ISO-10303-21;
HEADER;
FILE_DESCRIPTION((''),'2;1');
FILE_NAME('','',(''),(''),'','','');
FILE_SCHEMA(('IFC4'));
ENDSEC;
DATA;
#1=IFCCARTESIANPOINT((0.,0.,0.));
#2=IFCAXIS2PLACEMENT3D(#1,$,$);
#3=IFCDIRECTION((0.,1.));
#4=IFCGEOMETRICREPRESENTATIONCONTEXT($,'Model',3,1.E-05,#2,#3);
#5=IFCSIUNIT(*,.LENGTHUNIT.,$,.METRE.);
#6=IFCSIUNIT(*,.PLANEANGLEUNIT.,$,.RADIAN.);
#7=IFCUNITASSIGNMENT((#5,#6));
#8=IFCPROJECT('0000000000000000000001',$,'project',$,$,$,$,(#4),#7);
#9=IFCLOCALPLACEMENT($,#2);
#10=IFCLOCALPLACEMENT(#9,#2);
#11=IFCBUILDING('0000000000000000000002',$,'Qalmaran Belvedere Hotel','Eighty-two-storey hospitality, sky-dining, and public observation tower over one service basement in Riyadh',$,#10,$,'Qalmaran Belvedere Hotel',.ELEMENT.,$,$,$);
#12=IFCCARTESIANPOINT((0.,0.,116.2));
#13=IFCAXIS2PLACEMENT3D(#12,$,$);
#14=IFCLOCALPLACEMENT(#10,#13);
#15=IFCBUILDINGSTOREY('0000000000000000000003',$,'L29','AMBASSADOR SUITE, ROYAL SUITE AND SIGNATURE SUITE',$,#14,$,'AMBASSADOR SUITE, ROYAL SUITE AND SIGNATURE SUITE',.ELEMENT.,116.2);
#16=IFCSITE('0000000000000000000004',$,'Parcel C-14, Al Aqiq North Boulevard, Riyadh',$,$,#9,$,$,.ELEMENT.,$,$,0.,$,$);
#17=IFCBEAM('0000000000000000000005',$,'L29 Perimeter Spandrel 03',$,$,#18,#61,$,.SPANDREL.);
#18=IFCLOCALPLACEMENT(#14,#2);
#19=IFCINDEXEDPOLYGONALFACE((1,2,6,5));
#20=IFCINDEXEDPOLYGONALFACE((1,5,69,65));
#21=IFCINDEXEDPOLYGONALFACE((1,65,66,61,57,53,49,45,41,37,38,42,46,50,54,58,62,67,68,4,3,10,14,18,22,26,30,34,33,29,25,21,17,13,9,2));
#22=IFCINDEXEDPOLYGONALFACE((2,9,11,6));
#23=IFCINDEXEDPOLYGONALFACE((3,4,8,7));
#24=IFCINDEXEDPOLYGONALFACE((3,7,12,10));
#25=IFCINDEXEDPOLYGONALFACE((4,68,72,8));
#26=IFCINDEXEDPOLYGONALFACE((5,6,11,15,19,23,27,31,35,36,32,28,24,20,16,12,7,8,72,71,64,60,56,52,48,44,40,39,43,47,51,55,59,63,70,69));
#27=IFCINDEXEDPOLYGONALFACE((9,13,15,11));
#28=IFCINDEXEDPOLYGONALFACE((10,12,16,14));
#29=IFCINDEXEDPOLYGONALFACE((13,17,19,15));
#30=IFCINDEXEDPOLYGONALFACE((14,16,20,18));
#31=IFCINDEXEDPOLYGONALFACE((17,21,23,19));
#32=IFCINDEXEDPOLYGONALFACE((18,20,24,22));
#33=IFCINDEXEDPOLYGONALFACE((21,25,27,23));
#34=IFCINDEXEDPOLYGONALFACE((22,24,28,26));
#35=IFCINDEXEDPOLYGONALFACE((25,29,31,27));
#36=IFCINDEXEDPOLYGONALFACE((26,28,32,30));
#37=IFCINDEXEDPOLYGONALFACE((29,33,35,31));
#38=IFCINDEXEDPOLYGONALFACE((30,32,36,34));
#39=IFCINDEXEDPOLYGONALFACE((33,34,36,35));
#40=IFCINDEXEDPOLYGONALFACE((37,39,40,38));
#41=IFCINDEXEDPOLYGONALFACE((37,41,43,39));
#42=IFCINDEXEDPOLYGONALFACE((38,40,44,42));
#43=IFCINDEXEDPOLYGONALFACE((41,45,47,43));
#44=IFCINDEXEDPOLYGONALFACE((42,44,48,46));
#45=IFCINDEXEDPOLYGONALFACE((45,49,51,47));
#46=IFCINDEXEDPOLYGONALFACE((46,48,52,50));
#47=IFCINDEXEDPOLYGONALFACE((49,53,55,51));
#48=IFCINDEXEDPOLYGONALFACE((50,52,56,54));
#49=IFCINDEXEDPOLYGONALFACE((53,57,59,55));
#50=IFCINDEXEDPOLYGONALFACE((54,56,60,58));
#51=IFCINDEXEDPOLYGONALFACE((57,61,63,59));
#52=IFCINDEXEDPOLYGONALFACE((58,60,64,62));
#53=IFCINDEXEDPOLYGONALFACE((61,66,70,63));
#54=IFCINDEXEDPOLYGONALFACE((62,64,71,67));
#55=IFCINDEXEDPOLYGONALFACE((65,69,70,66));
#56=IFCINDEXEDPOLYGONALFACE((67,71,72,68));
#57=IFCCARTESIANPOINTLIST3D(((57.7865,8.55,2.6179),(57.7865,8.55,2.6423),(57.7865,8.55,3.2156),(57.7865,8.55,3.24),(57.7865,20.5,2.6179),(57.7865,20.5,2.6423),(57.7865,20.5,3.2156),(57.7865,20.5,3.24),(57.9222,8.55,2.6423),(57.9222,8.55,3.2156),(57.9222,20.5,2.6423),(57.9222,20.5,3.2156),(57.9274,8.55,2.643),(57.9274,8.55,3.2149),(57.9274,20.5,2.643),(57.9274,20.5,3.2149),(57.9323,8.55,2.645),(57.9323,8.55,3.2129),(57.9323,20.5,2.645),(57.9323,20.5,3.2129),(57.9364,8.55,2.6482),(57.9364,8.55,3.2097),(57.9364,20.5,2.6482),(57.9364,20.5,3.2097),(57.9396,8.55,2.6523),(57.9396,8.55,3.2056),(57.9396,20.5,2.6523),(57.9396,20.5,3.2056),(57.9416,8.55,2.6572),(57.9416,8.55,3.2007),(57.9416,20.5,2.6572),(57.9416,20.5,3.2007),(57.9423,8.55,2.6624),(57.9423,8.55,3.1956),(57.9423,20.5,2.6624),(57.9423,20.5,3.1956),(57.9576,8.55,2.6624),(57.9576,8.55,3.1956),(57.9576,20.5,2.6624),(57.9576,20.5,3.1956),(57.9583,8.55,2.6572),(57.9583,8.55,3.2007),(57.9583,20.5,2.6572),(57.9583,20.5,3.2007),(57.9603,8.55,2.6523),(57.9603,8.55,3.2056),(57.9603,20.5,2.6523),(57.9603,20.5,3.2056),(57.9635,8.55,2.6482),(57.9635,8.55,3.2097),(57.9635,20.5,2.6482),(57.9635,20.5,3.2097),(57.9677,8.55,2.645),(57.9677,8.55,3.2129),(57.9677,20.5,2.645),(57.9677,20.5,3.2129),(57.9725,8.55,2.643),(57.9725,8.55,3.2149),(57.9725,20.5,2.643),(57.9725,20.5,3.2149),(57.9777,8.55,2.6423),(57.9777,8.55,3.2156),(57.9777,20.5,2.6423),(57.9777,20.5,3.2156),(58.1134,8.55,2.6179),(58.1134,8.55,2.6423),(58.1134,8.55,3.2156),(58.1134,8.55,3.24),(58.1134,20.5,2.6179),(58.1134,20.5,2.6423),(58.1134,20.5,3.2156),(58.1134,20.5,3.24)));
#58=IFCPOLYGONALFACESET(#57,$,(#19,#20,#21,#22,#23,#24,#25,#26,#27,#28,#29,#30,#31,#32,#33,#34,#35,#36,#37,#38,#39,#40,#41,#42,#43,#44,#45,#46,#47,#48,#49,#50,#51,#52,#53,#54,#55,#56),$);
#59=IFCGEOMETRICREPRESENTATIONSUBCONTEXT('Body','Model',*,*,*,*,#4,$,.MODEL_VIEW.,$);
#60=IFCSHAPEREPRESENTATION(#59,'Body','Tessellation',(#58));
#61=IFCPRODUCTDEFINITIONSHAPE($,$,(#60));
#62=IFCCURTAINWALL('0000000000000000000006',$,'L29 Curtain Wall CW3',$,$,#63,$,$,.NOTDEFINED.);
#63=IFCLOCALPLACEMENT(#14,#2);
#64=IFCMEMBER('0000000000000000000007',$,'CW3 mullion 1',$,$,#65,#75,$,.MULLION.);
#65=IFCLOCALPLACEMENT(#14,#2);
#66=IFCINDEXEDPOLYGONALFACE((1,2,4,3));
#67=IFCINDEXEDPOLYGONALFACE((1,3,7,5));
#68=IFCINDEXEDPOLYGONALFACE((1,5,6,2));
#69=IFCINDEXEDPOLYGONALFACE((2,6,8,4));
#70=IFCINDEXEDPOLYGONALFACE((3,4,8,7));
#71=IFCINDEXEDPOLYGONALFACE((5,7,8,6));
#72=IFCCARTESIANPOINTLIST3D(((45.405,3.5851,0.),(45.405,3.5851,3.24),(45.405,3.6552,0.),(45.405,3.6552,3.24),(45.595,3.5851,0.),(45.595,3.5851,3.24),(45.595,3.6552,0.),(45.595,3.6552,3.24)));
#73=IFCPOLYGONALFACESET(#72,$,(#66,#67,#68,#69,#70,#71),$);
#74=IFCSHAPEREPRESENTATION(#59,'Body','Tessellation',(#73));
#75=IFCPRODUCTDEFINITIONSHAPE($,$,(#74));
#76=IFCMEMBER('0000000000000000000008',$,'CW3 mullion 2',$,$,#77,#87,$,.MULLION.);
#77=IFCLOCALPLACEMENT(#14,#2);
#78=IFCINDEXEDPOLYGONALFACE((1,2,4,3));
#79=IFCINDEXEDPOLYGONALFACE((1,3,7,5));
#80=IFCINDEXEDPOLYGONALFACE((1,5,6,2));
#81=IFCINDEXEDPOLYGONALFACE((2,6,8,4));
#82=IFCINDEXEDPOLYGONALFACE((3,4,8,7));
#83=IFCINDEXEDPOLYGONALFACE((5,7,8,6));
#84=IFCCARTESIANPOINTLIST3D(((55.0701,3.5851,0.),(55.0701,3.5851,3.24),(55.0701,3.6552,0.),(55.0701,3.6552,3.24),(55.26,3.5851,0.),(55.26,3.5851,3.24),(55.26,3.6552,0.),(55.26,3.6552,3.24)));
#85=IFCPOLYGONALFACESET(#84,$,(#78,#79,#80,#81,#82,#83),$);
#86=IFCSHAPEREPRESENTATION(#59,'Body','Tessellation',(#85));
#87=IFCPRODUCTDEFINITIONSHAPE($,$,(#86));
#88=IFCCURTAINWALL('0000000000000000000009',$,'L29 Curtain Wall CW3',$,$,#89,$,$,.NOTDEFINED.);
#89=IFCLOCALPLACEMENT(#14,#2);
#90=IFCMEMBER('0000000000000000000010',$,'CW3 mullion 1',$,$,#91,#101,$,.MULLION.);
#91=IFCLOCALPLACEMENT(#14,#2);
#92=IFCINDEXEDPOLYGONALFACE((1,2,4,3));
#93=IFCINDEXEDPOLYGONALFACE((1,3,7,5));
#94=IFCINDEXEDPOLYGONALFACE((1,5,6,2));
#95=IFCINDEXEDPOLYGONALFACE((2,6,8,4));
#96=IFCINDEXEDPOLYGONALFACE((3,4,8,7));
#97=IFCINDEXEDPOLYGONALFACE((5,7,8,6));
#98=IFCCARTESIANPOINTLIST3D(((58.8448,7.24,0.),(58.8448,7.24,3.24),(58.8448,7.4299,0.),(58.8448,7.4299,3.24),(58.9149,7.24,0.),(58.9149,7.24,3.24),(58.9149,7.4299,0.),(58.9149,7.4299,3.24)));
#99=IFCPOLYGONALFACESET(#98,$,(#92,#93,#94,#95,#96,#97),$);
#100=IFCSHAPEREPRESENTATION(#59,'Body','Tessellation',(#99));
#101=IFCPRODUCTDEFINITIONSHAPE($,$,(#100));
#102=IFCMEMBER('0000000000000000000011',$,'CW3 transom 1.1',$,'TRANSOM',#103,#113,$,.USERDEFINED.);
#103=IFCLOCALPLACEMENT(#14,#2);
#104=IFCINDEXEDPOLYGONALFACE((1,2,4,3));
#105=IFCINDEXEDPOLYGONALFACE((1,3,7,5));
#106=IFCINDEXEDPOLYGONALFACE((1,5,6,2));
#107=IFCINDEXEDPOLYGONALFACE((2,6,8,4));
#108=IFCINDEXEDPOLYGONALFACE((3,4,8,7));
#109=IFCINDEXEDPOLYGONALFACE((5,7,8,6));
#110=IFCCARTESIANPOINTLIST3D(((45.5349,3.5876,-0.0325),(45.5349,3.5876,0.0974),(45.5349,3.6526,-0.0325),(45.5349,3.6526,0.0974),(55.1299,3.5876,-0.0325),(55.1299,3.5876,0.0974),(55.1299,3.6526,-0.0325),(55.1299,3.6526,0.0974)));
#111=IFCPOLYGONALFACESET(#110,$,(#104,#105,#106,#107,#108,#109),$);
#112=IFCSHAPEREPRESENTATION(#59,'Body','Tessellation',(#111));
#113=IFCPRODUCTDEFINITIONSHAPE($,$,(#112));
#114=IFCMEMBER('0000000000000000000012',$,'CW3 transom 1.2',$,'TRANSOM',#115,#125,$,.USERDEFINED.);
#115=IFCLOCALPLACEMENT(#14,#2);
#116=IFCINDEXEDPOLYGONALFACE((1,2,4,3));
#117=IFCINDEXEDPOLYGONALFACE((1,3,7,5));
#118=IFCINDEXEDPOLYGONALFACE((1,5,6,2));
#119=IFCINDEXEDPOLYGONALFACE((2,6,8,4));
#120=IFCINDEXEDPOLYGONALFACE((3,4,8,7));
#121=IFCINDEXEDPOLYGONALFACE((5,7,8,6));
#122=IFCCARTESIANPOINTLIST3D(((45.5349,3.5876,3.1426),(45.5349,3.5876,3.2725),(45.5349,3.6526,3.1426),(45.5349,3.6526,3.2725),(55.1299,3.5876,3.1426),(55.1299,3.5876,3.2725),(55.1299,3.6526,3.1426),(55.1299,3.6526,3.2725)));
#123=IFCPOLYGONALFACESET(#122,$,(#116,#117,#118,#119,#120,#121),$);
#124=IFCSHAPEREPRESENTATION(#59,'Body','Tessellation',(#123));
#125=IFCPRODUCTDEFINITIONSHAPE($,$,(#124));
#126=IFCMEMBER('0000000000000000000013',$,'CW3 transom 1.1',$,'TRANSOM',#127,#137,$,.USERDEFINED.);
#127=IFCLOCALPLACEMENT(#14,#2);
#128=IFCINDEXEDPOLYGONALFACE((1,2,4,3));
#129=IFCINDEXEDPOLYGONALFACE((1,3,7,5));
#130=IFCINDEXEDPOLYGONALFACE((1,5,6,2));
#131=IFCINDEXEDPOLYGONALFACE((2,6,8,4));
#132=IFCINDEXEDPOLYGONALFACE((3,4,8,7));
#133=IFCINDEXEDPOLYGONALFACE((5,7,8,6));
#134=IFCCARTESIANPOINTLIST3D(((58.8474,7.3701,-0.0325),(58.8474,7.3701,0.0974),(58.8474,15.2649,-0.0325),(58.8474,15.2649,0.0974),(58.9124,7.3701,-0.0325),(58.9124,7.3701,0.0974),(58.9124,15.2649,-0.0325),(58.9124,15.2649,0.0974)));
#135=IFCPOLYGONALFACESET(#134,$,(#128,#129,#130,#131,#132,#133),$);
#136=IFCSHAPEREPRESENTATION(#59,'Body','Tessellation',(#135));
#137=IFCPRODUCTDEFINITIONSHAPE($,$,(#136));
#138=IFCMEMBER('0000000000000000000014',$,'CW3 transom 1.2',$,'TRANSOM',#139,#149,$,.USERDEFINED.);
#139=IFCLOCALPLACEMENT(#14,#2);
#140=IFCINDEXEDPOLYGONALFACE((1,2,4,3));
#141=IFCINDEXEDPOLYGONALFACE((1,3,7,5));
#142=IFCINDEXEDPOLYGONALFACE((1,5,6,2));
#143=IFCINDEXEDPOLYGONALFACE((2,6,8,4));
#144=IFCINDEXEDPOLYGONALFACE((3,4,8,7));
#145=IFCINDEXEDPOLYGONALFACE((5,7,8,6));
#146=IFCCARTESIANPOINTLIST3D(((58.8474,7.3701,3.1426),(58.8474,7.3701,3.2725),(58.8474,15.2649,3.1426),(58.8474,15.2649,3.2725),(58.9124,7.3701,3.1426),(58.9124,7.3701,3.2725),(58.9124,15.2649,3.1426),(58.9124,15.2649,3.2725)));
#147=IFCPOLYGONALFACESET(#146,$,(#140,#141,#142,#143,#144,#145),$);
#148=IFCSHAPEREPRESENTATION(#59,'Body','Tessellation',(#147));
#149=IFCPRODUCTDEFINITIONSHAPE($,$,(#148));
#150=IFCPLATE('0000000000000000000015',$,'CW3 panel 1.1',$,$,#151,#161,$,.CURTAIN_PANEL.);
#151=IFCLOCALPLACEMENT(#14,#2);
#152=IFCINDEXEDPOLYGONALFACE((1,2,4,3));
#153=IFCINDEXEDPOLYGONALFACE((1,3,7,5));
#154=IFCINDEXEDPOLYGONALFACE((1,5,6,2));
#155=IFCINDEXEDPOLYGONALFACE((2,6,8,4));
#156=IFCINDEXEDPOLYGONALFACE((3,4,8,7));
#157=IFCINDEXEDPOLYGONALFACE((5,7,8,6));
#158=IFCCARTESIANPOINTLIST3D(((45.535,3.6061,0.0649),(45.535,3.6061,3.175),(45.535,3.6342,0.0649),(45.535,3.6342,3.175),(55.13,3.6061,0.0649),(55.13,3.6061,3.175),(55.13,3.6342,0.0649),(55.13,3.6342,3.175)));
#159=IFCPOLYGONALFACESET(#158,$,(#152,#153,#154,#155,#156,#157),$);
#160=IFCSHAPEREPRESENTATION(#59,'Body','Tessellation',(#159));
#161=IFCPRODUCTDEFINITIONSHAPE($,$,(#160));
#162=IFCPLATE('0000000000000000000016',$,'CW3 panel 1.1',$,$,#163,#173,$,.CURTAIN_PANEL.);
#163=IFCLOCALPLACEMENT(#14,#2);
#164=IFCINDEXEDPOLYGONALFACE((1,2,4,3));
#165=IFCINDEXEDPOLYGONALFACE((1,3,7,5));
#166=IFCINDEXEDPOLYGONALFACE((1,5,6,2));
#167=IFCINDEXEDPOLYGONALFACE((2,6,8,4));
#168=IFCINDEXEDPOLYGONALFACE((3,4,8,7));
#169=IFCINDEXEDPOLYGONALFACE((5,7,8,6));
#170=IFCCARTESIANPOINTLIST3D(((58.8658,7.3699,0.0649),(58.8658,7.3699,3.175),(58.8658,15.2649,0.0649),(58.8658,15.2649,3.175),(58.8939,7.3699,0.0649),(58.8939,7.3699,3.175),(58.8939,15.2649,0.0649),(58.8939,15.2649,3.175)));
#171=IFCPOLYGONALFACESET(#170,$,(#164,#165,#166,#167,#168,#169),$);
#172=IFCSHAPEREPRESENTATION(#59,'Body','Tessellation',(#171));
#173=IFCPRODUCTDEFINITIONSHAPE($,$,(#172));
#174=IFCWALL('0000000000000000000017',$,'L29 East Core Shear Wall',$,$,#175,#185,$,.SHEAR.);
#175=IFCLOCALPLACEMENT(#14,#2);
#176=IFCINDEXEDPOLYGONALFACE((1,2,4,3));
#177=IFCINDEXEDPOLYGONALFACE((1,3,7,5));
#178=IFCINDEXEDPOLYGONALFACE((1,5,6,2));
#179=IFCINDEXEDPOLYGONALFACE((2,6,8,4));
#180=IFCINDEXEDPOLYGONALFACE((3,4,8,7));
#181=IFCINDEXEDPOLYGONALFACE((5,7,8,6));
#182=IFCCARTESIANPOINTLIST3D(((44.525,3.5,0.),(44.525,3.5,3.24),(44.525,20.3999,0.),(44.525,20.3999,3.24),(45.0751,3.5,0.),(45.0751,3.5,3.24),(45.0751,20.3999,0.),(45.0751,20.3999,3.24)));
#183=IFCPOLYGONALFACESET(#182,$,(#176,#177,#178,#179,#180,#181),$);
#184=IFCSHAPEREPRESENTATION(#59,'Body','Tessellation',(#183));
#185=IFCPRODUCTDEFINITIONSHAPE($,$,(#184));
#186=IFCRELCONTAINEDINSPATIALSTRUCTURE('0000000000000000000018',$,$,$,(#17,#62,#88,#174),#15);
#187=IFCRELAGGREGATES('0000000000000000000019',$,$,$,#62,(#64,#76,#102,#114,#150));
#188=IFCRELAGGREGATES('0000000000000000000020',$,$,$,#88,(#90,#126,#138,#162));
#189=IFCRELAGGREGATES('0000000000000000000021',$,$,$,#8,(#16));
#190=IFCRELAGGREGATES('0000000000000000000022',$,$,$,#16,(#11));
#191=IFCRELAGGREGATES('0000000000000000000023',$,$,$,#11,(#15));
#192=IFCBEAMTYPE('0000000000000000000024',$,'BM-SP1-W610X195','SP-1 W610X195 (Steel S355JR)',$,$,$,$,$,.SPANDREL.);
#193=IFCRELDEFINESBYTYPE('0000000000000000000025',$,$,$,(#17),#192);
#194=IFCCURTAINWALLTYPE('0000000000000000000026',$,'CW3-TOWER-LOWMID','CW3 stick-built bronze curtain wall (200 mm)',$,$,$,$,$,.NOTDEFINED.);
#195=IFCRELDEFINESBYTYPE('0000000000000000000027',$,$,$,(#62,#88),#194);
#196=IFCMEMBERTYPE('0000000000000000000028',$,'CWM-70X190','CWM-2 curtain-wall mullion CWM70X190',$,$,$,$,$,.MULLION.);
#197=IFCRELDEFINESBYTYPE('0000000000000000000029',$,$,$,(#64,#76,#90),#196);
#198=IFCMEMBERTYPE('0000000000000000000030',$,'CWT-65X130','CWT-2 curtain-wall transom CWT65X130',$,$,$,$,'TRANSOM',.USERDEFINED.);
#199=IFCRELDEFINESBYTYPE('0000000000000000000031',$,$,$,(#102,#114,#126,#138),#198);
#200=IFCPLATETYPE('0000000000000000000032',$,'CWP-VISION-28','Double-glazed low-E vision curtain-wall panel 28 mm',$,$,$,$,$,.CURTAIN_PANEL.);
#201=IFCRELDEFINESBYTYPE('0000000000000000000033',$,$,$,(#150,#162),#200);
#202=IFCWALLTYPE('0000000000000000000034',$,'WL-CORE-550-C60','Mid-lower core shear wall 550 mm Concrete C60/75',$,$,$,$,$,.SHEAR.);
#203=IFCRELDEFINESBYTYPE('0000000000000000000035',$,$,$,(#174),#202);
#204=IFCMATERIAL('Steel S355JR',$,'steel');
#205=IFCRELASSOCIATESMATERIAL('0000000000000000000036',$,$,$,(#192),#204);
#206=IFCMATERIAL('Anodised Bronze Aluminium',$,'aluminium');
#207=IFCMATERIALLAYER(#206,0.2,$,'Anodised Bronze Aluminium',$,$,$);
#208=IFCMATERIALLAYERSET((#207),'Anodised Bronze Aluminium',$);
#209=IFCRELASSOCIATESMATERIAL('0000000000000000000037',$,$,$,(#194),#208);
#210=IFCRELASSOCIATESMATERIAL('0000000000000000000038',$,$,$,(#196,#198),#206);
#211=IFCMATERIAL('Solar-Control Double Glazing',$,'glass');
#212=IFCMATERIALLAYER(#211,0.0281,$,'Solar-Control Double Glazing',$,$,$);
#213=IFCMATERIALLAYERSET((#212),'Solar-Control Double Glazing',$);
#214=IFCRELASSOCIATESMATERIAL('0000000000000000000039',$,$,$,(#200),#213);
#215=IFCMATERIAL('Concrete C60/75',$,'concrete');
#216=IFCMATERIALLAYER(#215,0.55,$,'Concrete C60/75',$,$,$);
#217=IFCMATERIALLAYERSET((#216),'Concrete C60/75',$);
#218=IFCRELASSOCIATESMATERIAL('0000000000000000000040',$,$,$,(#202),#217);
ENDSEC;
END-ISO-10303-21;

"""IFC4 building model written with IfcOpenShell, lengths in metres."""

from ifc_helpers import new_model, si_unit, direction, frame, frame_2d, origin, origin_2d, place, context, subcontext, project, spatial, rectangle, i_section, extrude, material, layer, layer_set, material_profile, profile_set, type_object, element, aggregate, save


model = new_model("IFC4")

# Units and contexts
model_context = context("Model", 3, precision=1e-05, world=origin(), true_north=direction((0.0, 1.0)))
body_context = subcontext(model_context, "Body", "Model", "MODEL_VIEW")
ifc_project = project(units=[si_unit("LENGTHUNIT", "METRE"), si_unit("PLANEANGLEUNIT", "RADIAN")], contexts=[model_context])

# Site, building, storey
site_placement = place(None, origin())
site = spatial("IfcSite", under=ifc_project, at=site_placement, Name="Parcel C-14, Al Aqiq North Boulevard, Riyadh", CompositionType="ELEMENT", RefElevation=0.0)
building_placement = place(site_placement, origin())
building = spatial("IfcBuilding", under=site, at=building_placement, Name="Qalmaran Belvedere Hotel", Description="Eighty-two-storey hospitality, sky-dining, and public observation tower over one service basement in Riyadh", LongName="Qalmaran Belvedere Hotel", CompositionType="ELEMENT")
storey_placement = place(building_placement, frame((0.0, 0.0, 116.2)))
storey = spatial("IfcBuildingStorey", under=building, at=storey_placement, Name="L29", Description="AMBASSADOR SUITE, ROYAL SUITE AND SIGNATURE SUITE", LongName="AMBASSADOR SUITE, ROYAL SUITE AND SIGNATURE SUITE", CompositionType="ELEMENT", Elevation=116.2)

# Shared definitions
ifc_material_1 = material(Name="Concrete C60/75", Category="concrete")

# Beam
ifc_material_2 = material(Name="Steel S355JR", Category="steel")
ifc_material_profile_1 = material_profile(ifc_material_2, i_section(OverallWidth=0.3269, OverallDepth=0.6221, WebThickness=0.0154, FlangeThickness=0.0244, FilletRadius=0.02, at=origin_2d()), Name="W610X195")
ifc_profile_set_1 = profile_set([ifc_material_profile_1], Name="Steel S355JR")
beam_type_1 = type_object("IfcBeamType", Name="BM-SP1-W610X195", Description="SP-1 W610X195 (Steel S355JR)", PredefinedType="SPANDREL", material=ifc_profile_set_1)
beam_1_placement = place(storey_placement, frame((57.95, 8.55, 2.929), z_axis=(0.0, 1.0, 0.0), x_axis=(-1.0, 0.0, 0.0)))
element("IfcBeam", 1, at=beam_1_placement, inside=storey, type_object=beam_type_1, Name="L29 Perimeter Spandrel 03", PredefinedType="SPANDREL", context=body_context, shape_type="SweptSolid", body=[
    extrude(i_section(OverallWidth=0.3269, OverallDepth=0.6221, WebThickness=0.0154, FlangeThickness=0.0244, FilletRadius=0.02, at=origin_2d()), origin(), (0.0, 0.0, 1.0), 11.95),
])

# Curtain wall, members
ifc_material_3 = material(Name="Anodised Bronze Aluminium", Category="aluminium")
ifc_layer_1 = layer(ifc_material_3, 0.2, Name="Anodised Bronze Aluminium")
ifc_layer_set_1 = layer_set([ifc_layer_1], Name="Anodised Bronze Aluminium")
curtain_wall_type = type_object("IfcCurtainWallType", Name="CW3-TOWER-LOWMID", Description="CW3 stick-built bronze curtain wall (200 mm)", PredefinedType="NOTDEFINED", material=ifc_layer_set_1)
curtain_wall_1_placement = place(storey_placement, origin())
curtain_wall_1 = element("IfcCurtainWall", 2, at=curtain_wall_1_placement, inside=storey, type_object=curtain_wall_type, Name="L29 Curtain Wall CW3", PredefinedType="NOTDEFINED")
ifc_material_profile_2 = material_profile(ifc_material_3, rectangle(XDim=0.0701, YDim=0.1899, at=origin_2d()), Name="CWM70X190")
ifc_profile_set_2 = profile_set([ifc_material_profile_2], Name="Anodised Bronze Aluminium")
member_type_1 = type_object("IfcMemberType", Name="CWM-70X190", Description="CWM-2 curtain-wall mullion CWM70X190", PredefinedType="MULLION", material=ifc_profile_set_2)
member_1_placement = place(storey_placement, frame((45.5, 3.6201, 0.0), z_axis=(0.0, 0.0, 1.0), x_axis=(0.0, 1.0, 0.0)))
member_1 = element("IfcMember", 3, at=member_1_placement, type_object=member_type_1, Name="CW3 mullion 1", PredefinedType="MULLION", context=body_context, shape_type="SweptSolid", body=[
    extrude(rectangle(XDim=0.0701, YDim=0.1899, at=origin_2d()), origin(), (0.0, 0.0, 1.0), 3.24),
])
member_2_placement = place(storey_placement, frame((55.165, 3.6201, 0.0), z_axis=(0.0, 0.0, 1.0), x_axis=(0.0, 1.0, 0.0)))
member_2 = element("IfcMember", 4, at=member_2_placement, type_object=member_type_1, Name="CW3 mullion 2", PredefinedType="MULLION", context=body_context, shape_type="SweptSolid", body=[
    extrude(rectangle(XDim=0.0701, YDim=0.1899, at=origin_2d()), origin(), (0.0, 0.0, 1.0), 3.24),
])

# Curtain wall, member
curtain_wall_2_placement = place(storey_placement, origin())
curtain_wall_2 = element("IfcCurtainWall", 5, at=curtain_wall_2_placement, inside=storey, type_object=curtain_wall_type, Name="L29 Curtain Wall CW3", PredefinedType="NOTDEFINED")
member_3_placement = place(storey_placement, frame((58.8799, 7.335, 0.0), z_axis=(0.0, 0.0, 1.0), x_axis=(-1.0, 0.0, 0.0)))
member_3 = element("IfcMember", 6, at=member_3_placement, type_object=member_type_1, Name="CW3 mullion 1", PredefinedType="MULLION", context=body_context, shape_type="SweptSolid", body=[
    extrude(rectangle(XDim=0.0701, YDim=0.1899, at=origin_2d()), origin(), (0.0, 0.0, 1.0), 3.24),
])

# Members
ifc_material_profile_3 = material_profile(ifc_material_3, rectangle(XDim=0.0649, YDim=0.1299, at=origin_2d()), Name="CWT65X130")
ifc_profile_set_3 = profile_set([ifc_material_profile_3], Name="Anodised Bronze Aluminium")
member_type_2 = type_object("IfcMemberType", Name="CWT-65X130", Description="CWT-2 curtain-wall transom CWT65X130", ElementType="TRANSOM", PredefinedType="USERDEFINED", material=ifc_profile_set_3)
member_4_placement = place(storey_placement, frame((45.5349, 3.6201, 0.0325), z_axis=(1.0, 0.0, 0.0), x_axis=(0.0, 1.0, 0.0)))
member_4 = element("IfcMember", 7, at=member_4_placement, type_object=member_type_2, Name="CW3 transom 1.1", ObjectType="TRANSOM", PredefinedType="USERDEFINED", context=body_context, shape_type="SweptSolid", body=[
    extrude(rectangle(XDim=0.0649, YDim=0.1299, at=origin_2d()), origin(), (0.0, 0.0, 1.0), 9.595),
])
member_5_placement = place(storey_placement, frame((45.5349, 3.6201, 3.2075), z_axis=(1.0, 0.0, 0.0), x_axis=(0.0, 1.0, 0.0)))
member_5 = element("IfcMember", 8, at=member_5_placement, type_object=member_type_2, Name="CW3 transom 1.2", ObjectType="TRANSOM", PredefinedType="USERDEFINED", context=body_context, shape_type="SweptSolid", body=[
    extrude(rectangle(XDim=0.0649, YDim=0.1299, at=origin_2d()), origin(), (0.0, 0.0, 1.0), 9.595),
])
member_6_placement = place(storey_placement, frame((58.8799, 7.3701, 0.0325), z_axis=(0.0, 1.0, 0.0), x_axis=(-1.0, 0.0, 0.0)))
member_6 = element("IfcMember", 9, at=member_6_placement, type_object=member_type_2, Name="CW3 transom 1.1", ObjectType="TRANSOM", PredefinedType="USERDEFINED", context=body_context, shape_type="SweptSolid", body=[
    extrude(rectangle(XDim=0.0649, YDim=0.1299, at=origin_2d()), origin(), (0.0, 0.0, 1.0), 7.8948),
])
member_7_placement = place(storey_placement, frame((58.8799, 7.3701, 3.2075), z_axis=(0.0, 1.0, 0.0), x_axis=(-1.0, 0.0, 0.0)))
member_7 = element("IfcMember", 10, at=member_7_placement, type_object=member_type_2, Name="CW3 transom 1.2", ObjectType="TRANSOM", PredefinedType="USERDEFINED", context=body_context, shape_type="SweptSolid", body=[
    extrude(rectangle(XDim=0.0649, YDim=0.1299, at=origin_2d()), origin(), (0.0, 0.0, 1.0), 7.8948),
])

# Plates
ifc_material_4 = material(Name="Solar-Control Double Glazing", Category="glass")
ifc_layer_2 = layer(ifc_material_4, 0.0281, Name="Solar-Control Double Glazing")
ifc_layer_set_2 = layer_set([ifc_layer_2], Name="Solar-Control Double Glazing")
plate_type = type_object("IfcPlateType", Name="CWP-VISION-28", Description="Double-glazed low-E vision curtain-wall panel 28 mm", PredefinedType="CURTAIN_PANEL", material=ifc_layer_set_2)
plate_1_placement = place(storey_placement, frame((50.3325, 3.6201, 0.0649), z_axis=(0.0, 0.0, 1.0), x_axis=(1.0, 0.0, 0.0)))
plate_1 = element("IfcPlate", 11, at=plate_1_placement, type_object=plate_type, Name="CW3 panel 1.1", PredefinedType="CURTAIN_PANEL", context=body_context, shape_type="SweptSolid", body=[
    extrude(rectangle(XDim=9.595, YDim=0.0281, at=origin_2d()), origin(), (0.0, 0.0, 1.0), 3.1101),
])
aggregate(curtain_wall_1, [member_1, member_2, member_4, member_5, plate_1])
plate_2_placement = place(storey_placement, frame((58.8799, 11.3174, 0.0649), z_axis=(0.0, 0.0, 1.0), x_axis=(0.0, 1.0, 0.0)))
plate_2 = element("IfcPlate", 12, at=plate_2_placement, type_object=plate_type, Name="CW3 panel 1.1", PredefinedType="CURTAIN_PANEL", context=body_context, shape_type="SweptSolid", body=[
    extrude(rectangle(XDim=7.895, YDim=0.0281, at=origin_2d()), origin(), (0.0, 0.0, 1.0), 3.1101),
])
aggregate(curtain_wall_2, [member_3, member_6, member_7, plate_2])

# Wall
ifc_layer_3 = layer(ifc_material_1, 0.55, Name="Concrete C60/75")
ifc_layer_set_3 = layer_set([ifc_layer_3], Name="Concrete C60/75")
wall_type_1 = type_object("IfcWallType", Name="WL-CORE-550-C60", Description="Mid-lower core shear wall 550 mm Concrete C60/75", PredefinedType="SHEAR", material=ifc_layer_set_3)
wall_1_placement = place(storey_placement, frame((44.8, 3.5, 0.0), z_axis=(0.0, 0.0, 1.0), x_axis=(0.0, 1.0, 0.0)))
element("IfcWall", 13, at=wall_1_placement, inside=storey, type_object=wall_type_1, Name="L29 East Core Shear Wall", PredefinedType="SHEAR", context=body_context, shape_type="SweptSolid", body=[
    extrude(rectangle(XDim=16.8999, YDim=0.55, at=frame_2d((8.45, 0.0))), origin(), (0.0, 0.0, 1.0), 3.24),
])

save(model, "model.ifc")
